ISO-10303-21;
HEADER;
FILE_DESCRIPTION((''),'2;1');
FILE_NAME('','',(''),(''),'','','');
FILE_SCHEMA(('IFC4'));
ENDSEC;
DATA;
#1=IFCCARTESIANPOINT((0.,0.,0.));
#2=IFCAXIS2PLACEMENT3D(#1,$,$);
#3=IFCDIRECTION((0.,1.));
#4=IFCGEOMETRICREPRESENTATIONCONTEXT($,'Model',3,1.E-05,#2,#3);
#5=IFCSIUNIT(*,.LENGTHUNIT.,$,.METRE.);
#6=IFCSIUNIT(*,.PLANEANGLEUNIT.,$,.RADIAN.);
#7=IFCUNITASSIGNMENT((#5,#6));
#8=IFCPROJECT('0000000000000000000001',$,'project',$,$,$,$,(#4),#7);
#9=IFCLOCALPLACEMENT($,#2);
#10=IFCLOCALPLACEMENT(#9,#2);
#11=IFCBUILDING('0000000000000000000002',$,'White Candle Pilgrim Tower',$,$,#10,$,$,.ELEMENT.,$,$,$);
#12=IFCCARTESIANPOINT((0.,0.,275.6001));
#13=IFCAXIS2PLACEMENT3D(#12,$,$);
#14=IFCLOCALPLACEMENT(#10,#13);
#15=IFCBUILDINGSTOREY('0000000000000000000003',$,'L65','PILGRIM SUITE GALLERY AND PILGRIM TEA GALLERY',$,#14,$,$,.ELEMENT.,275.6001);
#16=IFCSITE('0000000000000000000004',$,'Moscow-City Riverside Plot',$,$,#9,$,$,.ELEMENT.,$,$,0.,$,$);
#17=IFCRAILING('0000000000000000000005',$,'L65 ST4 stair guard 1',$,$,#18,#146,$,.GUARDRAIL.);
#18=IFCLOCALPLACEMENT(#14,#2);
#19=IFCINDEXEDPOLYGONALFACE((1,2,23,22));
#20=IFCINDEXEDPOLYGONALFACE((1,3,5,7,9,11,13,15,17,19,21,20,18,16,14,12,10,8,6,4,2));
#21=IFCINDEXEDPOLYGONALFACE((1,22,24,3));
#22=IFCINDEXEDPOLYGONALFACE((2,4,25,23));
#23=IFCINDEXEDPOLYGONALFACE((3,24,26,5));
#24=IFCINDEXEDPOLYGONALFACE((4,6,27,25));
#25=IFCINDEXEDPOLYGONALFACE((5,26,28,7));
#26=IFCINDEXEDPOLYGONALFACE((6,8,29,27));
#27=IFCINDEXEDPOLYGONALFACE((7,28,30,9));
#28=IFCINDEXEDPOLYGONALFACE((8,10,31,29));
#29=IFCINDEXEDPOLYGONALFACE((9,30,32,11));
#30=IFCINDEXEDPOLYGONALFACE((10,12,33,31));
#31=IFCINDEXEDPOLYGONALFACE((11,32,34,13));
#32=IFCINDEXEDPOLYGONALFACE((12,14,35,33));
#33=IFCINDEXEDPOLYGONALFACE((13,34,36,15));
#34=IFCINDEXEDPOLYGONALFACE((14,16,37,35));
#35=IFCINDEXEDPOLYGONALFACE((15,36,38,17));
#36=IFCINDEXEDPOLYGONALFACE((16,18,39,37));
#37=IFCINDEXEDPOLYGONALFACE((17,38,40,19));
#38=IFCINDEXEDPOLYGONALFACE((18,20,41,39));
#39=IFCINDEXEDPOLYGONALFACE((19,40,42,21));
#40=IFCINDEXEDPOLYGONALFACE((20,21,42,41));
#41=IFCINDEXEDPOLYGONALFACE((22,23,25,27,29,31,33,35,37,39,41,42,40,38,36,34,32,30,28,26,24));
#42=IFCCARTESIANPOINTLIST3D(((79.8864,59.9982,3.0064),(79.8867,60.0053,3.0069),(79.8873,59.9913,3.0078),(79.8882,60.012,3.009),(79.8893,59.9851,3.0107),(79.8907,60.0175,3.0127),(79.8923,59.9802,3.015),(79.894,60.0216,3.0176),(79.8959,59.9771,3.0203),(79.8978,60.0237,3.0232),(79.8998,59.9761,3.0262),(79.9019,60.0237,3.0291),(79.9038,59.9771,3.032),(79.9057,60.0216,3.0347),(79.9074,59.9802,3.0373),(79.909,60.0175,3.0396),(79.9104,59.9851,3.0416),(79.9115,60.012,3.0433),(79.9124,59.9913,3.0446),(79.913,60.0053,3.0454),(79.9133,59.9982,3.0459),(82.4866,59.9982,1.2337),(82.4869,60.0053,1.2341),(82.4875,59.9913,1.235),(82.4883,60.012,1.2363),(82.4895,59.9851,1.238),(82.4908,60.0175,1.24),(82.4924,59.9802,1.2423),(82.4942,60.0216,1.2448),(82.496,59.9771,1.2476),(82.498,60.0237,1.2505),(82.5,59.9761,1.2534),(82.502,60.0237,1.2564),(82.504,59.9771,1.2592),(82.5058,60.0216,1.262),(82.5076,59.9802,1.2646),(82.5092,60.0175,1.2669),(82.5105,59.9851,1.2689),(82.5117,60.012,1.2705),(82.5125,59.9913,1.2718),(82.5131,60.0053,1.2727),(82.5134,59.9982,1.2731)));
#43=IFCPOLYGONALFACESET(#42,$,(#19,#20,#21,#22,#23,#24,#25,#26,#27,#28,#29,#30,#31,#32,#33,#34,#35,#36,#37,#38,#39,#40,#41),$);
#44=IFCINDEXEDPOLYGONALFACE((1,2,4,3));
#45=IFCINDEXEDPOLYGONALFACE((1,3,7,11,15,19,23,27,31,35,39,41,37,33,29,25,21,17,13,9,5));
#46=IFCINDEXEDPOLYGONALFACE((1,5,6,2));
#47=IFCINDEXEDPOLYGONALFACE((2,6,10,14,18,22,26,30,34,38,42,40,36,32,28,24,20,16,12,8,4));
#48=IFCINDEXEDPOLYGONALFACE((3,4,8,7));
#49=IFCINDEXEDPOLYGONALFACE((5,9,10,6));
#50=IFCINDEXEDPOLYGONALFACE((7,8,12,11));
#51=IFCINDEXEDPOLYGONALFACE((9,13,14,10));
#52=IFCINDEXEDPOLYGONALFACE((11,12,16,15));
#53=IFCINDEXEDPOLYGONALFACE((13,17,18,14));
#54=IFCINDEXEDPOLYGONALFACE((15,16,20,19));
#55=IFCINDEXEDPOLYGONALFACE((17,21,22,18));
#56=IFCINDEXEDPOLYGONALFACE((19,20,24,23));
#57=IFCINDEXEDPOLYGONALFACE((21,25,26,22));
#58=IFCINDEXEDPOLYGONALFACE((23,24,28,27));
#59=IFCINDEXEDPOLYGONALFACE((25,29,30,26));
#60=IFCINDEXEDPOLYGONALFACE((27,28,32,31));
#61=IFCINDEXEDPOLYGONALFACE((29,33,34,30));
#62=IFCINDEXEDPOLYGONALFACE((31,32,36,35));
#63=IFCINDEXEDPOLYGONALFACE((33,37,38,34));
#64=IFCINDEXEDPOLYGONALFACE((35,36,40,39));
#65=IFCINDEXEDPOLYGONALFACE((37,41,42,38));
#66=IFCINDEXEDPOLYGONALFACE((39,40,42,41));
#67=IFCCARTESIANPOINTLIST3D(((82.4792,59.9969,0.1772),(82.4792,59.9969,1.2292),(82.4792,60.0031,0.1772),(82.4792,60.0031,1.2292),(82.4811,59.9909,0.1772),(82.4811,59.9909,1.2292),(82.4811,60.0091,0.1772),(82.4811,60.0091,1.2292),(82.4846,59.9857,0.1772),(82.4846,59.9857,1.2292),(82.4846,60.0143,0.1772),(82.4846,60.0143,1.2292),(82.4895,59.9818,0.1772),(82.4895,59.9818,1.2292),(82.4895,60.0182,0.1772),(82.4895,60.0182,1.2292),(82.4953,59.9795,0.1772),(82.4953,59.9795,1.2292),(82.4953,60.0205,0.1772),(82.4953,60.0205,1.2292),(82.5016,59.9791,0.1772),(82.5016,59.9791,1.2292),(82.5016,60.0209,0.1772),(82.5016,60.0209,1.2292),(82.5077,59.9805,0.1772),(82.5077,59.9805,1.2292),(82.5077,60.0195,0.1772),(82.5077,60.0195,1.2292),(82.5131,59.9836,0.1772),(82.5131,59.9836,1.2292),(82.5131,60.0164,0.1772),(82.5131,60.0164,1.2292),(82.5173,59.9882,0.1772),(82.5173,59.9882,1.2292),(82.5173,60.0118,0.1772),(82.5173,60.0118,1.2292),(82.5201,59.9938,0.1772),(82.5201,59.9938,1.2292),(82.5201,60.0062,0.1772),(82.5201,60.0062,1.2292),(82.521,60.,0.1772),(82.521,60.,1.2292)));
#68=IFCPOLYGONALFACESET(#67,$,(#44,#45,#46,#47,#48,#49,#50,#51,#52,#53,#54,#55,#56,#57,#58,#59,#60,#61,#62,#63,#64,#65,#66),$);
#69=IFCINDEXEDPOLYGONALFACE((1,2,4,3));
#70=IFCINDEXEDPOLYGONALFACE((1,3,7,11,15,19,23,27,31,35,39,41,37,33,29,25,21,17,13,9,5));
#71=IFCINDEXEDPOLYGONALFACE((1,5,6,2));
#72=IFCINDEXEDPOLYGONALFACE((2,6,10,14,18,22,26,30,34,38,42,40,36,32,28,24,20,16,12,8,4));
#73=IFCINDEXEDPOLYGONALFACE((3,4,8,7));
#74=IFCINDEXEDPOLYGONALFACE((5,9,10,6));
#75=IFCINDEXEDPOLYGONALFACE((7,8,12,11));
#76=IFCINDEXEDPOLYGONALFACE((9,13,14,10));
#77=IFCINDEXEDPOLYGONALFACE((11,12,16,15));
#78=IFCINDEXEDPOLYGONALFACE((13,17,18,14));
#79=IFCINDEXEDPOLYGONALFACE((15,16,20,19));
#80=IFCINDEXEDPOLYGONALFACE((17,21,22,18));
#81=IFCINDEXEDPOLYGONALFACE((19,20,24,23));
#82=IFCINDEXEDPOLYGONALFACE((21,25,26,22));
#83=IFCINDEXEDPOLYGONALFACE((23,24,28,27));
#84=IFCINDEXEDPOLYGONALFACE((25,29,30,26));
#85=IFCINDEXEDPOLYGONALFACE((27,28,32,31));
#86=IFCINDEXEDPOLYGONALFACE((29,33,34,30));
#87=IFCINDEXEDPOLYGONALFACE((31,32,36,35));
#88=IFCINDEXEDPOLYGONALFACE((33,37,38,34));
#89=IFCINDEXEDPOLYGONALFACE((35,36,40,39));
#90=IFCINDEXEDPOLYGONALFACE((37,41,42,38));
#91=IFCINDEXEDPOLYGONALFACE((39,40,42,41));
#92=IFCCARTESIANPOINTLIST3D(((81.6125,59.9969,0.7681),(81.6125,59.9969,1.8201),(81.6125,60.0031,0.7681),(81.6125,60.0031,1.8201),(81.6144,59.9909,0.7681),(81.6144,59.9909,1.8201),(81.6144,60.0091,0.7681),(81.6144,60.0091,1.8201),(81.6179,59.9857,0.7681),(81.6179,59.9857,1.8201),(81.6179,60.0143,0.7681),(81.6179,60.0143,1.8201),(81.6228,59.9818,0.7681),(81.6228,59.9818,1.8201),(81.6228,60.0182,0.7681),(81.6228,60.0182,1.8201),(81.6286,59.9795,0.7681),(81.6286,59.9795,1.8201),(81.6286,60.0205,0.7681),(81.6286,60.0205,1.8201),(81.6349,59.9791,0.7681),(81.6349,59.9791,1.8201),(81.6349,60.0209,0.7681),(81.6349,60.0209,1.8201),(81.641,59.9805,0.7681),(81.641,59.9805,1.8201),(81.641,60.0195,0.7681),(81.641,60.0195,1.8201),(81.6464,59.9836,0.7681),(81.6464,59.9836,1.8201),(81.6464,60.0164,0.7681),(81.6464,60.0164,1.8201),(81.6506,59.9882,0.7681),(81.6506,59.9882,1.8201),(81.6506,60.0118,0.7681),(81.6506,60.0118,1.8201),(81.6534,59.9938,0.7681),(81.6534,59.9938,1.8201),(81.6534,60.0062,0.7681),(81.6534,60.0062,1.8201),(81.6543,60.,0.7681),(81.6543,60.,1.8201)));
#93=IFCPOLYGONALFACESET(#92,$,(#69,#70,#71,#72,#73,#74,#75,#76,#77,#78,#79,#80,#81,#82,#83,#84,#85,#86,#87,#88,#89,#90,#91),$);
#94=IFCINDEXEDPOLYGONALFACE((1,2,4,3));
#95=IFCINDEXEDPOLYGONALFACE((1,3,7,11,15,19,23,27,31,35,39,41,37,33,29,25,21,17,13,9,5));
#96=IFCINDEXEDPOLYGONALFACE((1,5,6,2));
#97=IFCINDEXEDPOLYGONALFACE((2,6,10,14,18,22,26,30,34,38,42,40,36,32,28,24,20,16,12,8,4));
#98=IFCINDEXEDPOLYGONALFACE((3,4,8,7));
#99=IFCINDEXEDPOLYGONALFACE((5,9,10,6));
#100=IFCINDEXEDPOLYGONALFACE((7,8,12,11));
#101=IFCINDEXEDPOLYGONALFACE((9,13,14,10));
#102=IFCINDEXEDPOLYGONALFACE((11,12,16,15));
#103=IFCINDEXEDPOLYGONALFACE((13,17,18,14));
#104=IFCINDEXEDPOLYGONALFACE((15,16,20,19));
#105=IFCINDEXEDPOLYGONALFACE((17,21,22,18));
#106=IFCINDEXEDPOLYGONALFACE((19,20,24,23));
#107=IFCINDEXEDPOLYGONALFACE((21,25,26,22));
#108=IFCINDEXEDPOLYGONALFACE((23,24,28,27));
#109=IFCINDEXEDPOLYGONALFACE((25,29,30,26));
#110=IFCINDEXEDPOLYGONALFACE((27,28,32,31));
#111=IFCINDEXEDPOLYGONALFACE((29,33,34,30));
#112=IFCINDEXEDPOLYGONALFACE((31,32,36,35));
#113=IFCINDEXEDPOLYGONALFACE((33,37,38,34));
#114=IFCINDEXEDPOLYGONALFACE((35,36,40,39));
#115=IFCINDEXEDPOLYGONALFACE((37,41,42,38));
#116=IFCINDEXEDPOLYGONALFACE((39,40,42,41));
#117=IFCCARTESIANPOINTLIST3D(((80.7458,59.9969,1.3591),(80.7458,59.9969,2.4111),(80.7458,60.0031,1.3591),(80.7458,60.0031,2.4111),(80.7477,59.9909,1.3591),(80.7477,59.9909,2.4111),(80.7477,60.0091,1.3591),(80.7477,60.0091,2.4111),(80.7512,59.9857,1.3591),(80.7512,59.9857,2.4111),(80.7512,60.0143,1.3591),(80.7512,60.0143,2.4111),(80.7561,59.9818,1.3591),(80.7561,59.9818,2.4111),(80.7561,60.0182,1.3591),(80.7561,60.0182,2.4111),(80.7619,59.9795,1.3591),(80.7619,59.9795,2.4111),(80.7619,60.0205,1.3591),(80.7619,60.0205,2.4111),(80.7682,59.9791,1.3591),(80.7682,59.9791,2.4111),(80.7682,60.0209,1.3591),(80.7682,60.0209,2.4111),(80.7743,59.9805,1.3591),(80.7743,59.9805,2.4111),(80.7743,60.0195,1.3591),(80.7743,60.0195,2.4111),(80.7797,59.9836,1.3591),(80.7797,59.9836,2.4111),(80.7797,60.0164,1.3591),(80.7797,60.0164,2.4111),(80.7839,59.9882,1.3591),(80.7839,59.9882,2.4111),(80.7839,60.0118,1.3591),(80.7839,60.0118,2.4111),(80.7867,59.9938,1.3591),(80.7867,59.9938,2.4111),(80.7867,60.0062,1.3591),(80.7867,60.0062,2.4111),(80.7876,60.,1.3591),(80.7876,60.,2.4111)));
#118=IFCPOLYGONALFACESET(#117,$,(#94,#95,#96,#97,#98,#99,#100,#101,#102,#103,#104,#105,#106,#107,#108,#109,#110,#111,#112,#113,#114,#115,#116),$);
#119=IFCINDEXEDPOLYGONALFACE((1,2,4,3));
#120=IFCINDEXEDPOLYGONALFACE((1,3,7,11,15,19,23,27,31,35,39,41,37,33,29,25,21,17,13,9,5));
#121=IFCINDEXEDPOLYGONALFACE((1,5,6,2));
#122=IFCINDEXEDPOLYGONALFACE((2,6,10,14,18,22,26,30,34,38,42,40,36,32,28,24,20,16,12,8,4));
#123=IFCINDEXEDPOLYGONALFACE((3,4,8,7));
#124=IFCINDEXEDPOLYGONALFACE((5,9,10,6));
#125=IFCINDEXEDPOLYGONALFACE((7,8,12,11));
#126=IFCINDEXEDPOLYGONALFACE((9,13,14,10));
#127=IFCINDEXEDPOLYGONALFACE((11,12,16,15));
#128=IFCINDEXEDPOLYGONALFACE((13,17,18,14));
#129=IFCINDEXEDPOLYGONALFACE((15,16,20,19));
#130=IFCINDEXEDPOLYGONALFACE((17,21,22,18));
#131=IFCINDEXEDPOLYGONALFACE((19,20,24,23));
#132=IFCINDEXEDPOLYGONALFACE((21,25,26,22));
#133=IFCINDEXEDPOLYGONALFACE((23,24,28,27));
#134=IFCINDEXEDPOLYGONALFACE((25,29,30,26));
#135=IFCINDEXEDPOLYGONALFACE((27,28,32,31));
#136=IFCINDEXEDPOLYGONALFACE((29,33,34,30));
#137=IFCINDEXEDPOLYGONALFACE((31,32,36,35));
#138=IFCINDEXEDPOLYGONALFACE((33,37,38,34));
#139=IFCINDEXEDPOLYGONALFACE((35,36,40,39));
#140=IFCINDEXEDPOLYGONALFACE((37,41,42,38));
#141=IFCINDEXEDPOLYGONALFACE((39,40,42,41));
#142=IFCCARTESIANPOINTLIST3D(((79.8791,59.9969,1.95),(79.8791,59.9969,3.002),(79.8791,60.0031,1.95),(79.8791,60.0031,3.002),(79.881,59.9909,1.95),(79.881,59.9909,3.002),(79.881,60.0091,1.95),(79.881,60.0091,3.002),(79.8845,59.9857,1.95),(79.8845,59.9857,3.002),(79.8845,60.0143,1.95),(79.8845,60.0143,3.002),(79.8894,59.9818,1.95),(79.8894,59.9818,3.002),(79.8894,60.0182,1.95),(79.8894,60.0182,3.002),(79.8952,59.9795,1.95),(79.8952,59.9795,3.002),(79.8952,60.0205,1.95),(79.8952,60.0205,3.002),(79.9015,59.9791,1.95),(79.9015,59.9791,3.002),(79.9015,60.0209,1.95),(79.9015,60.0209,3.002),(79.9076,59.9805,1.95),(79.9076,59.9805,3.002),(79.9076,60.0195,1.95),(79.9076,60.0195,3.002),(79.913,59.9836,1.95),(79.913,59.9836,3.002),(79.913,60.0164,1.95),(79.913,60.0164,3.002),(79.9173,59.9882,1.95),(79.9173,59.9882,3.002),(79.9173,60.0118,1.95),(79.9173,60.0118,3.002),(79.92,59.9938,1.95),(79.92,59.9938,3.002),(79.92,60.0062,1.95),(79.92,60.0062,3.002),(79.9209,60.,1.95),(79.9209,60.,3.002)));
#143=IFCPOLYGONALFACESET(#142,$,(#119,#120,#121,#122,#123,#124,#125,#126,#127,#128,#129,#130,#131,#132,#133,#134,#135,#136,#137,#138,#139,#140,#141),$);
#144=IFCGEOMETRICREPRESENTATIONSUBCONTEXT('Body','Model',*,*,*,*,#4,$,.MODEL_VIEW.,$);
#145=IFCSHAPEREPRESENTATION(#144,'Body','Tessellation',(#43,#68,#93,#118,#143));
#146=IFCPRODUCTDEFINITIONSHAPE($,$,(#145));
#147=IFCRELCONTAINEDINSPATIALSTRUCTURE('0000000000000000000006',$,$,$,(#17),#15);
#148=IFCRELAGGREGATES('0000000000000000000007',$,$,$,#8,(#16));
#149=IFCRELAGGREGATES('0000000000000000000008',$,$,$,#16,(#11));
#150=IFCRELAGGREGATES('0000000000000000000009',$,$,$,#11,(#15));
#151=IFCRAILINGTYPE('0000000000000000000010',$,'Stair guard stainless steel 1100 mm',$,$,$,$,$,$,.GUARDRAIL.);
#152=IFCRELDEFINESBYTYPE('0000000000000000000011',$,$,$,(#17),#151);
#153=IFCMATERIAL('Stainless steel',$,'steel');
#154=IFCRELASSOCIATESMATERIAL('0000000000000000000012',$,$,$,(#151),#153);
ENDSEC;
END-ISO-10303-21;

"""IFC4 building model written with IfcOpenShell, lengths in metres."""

from ifc_helpers import new_model, si_unit, direction, frame, origin, origin_2d, place, context, subcontext, project, spatial, circle, extrude, material, type_object, element, save


model = new_model("IFC4")

# Units and contexts
model_context = context("Model", 3, precision=1e-05, world=origin(), true_north=direction((0.0, 1.0)))
body_context = subcontext(model_context, "Body", "Model", "MODEL_VIEW")
ifc_project = project(units=[si_unit("LENGTHUNIT", "METRE"), si_unit("PLANEANGLEUNIT", "RADIAN")], contexts=[model_context])

# Site, building, storey
site_placement = place(None, origin())
site = spatial("IfcSite", under=ifc_project, at=site_placement, Name="Moscow-City Riverside Plot", CompositionType="ELEMENT", RefElevation=0.0)
building_placement = place(site_placement, origin())
building = spatial("IfcBuilding", under=site, at=building_placement, Name="White Candle Pilgrim Tower", CompositionType="ELEMENT")
storey_placement = place(building_placement, frame((0.0, 0.0, 275.6001)))
storey = spatial("IfcBuildingStorey", under=building, at=storey_placement, Name="L65", Description="PILGRIM SUITE GALLERY AND PILGRIM TEA GALLERY", CompositionType="ELEMENT", Elevation=275.6001)

# Railing
ifc_material_1 = material(Name="Stainless steel", Category="steel")
railing_type = type_object("IfcRailingType", Name="Stair guard stainless steel 1100 mm", PredefinedType="GUARDRAIL", material=ifc_material_1)
railing_1_placement = place(storey_placement, frame((82.5, 60.0, 0.1772)))
element("IfcRailing", 1, at=railing_1_placement, inside=storey, type_object=railing_type, Name="L65 ST4 stair guard 1", PredefinedType="GUARDRAIL", context=body_context, shape_type="SweptSolid", body=[
    extrude(circle(Radius=0.0239, at=origin_2d()), frame((0.0, 0.0, 1.0762), z_axis=(-0.82624, 0.0, 0.563318), x_axis=(0.0, -1.0, 0.0)), (0.0, 0.0, 1.0), 3.147),
    extrude(circle(Radius=0.021, at=origin_2d()), origin(), (0.0, 0.0, 1.0), 1.052),
    extrude(circle(Radius=0.021, at=origin_2d()), frame((-0.8667, 0.0, 0.5908)), (0.0, 0.0, 1.0), 1.052),
    extrude(circle(Radius=0.021, at=origin_2d()), frame((-1.7334, 0.0, 1.1819)), (0.0, 0.0, 1.0), 1.052),
    extrude(circle(Radius=0.021, at=origin_2d()), frame((-2.6001, 0.0, 1.7727)), (0.0, 0.0, 1.0), 1.052),
])

save(model, "model.ifc")
